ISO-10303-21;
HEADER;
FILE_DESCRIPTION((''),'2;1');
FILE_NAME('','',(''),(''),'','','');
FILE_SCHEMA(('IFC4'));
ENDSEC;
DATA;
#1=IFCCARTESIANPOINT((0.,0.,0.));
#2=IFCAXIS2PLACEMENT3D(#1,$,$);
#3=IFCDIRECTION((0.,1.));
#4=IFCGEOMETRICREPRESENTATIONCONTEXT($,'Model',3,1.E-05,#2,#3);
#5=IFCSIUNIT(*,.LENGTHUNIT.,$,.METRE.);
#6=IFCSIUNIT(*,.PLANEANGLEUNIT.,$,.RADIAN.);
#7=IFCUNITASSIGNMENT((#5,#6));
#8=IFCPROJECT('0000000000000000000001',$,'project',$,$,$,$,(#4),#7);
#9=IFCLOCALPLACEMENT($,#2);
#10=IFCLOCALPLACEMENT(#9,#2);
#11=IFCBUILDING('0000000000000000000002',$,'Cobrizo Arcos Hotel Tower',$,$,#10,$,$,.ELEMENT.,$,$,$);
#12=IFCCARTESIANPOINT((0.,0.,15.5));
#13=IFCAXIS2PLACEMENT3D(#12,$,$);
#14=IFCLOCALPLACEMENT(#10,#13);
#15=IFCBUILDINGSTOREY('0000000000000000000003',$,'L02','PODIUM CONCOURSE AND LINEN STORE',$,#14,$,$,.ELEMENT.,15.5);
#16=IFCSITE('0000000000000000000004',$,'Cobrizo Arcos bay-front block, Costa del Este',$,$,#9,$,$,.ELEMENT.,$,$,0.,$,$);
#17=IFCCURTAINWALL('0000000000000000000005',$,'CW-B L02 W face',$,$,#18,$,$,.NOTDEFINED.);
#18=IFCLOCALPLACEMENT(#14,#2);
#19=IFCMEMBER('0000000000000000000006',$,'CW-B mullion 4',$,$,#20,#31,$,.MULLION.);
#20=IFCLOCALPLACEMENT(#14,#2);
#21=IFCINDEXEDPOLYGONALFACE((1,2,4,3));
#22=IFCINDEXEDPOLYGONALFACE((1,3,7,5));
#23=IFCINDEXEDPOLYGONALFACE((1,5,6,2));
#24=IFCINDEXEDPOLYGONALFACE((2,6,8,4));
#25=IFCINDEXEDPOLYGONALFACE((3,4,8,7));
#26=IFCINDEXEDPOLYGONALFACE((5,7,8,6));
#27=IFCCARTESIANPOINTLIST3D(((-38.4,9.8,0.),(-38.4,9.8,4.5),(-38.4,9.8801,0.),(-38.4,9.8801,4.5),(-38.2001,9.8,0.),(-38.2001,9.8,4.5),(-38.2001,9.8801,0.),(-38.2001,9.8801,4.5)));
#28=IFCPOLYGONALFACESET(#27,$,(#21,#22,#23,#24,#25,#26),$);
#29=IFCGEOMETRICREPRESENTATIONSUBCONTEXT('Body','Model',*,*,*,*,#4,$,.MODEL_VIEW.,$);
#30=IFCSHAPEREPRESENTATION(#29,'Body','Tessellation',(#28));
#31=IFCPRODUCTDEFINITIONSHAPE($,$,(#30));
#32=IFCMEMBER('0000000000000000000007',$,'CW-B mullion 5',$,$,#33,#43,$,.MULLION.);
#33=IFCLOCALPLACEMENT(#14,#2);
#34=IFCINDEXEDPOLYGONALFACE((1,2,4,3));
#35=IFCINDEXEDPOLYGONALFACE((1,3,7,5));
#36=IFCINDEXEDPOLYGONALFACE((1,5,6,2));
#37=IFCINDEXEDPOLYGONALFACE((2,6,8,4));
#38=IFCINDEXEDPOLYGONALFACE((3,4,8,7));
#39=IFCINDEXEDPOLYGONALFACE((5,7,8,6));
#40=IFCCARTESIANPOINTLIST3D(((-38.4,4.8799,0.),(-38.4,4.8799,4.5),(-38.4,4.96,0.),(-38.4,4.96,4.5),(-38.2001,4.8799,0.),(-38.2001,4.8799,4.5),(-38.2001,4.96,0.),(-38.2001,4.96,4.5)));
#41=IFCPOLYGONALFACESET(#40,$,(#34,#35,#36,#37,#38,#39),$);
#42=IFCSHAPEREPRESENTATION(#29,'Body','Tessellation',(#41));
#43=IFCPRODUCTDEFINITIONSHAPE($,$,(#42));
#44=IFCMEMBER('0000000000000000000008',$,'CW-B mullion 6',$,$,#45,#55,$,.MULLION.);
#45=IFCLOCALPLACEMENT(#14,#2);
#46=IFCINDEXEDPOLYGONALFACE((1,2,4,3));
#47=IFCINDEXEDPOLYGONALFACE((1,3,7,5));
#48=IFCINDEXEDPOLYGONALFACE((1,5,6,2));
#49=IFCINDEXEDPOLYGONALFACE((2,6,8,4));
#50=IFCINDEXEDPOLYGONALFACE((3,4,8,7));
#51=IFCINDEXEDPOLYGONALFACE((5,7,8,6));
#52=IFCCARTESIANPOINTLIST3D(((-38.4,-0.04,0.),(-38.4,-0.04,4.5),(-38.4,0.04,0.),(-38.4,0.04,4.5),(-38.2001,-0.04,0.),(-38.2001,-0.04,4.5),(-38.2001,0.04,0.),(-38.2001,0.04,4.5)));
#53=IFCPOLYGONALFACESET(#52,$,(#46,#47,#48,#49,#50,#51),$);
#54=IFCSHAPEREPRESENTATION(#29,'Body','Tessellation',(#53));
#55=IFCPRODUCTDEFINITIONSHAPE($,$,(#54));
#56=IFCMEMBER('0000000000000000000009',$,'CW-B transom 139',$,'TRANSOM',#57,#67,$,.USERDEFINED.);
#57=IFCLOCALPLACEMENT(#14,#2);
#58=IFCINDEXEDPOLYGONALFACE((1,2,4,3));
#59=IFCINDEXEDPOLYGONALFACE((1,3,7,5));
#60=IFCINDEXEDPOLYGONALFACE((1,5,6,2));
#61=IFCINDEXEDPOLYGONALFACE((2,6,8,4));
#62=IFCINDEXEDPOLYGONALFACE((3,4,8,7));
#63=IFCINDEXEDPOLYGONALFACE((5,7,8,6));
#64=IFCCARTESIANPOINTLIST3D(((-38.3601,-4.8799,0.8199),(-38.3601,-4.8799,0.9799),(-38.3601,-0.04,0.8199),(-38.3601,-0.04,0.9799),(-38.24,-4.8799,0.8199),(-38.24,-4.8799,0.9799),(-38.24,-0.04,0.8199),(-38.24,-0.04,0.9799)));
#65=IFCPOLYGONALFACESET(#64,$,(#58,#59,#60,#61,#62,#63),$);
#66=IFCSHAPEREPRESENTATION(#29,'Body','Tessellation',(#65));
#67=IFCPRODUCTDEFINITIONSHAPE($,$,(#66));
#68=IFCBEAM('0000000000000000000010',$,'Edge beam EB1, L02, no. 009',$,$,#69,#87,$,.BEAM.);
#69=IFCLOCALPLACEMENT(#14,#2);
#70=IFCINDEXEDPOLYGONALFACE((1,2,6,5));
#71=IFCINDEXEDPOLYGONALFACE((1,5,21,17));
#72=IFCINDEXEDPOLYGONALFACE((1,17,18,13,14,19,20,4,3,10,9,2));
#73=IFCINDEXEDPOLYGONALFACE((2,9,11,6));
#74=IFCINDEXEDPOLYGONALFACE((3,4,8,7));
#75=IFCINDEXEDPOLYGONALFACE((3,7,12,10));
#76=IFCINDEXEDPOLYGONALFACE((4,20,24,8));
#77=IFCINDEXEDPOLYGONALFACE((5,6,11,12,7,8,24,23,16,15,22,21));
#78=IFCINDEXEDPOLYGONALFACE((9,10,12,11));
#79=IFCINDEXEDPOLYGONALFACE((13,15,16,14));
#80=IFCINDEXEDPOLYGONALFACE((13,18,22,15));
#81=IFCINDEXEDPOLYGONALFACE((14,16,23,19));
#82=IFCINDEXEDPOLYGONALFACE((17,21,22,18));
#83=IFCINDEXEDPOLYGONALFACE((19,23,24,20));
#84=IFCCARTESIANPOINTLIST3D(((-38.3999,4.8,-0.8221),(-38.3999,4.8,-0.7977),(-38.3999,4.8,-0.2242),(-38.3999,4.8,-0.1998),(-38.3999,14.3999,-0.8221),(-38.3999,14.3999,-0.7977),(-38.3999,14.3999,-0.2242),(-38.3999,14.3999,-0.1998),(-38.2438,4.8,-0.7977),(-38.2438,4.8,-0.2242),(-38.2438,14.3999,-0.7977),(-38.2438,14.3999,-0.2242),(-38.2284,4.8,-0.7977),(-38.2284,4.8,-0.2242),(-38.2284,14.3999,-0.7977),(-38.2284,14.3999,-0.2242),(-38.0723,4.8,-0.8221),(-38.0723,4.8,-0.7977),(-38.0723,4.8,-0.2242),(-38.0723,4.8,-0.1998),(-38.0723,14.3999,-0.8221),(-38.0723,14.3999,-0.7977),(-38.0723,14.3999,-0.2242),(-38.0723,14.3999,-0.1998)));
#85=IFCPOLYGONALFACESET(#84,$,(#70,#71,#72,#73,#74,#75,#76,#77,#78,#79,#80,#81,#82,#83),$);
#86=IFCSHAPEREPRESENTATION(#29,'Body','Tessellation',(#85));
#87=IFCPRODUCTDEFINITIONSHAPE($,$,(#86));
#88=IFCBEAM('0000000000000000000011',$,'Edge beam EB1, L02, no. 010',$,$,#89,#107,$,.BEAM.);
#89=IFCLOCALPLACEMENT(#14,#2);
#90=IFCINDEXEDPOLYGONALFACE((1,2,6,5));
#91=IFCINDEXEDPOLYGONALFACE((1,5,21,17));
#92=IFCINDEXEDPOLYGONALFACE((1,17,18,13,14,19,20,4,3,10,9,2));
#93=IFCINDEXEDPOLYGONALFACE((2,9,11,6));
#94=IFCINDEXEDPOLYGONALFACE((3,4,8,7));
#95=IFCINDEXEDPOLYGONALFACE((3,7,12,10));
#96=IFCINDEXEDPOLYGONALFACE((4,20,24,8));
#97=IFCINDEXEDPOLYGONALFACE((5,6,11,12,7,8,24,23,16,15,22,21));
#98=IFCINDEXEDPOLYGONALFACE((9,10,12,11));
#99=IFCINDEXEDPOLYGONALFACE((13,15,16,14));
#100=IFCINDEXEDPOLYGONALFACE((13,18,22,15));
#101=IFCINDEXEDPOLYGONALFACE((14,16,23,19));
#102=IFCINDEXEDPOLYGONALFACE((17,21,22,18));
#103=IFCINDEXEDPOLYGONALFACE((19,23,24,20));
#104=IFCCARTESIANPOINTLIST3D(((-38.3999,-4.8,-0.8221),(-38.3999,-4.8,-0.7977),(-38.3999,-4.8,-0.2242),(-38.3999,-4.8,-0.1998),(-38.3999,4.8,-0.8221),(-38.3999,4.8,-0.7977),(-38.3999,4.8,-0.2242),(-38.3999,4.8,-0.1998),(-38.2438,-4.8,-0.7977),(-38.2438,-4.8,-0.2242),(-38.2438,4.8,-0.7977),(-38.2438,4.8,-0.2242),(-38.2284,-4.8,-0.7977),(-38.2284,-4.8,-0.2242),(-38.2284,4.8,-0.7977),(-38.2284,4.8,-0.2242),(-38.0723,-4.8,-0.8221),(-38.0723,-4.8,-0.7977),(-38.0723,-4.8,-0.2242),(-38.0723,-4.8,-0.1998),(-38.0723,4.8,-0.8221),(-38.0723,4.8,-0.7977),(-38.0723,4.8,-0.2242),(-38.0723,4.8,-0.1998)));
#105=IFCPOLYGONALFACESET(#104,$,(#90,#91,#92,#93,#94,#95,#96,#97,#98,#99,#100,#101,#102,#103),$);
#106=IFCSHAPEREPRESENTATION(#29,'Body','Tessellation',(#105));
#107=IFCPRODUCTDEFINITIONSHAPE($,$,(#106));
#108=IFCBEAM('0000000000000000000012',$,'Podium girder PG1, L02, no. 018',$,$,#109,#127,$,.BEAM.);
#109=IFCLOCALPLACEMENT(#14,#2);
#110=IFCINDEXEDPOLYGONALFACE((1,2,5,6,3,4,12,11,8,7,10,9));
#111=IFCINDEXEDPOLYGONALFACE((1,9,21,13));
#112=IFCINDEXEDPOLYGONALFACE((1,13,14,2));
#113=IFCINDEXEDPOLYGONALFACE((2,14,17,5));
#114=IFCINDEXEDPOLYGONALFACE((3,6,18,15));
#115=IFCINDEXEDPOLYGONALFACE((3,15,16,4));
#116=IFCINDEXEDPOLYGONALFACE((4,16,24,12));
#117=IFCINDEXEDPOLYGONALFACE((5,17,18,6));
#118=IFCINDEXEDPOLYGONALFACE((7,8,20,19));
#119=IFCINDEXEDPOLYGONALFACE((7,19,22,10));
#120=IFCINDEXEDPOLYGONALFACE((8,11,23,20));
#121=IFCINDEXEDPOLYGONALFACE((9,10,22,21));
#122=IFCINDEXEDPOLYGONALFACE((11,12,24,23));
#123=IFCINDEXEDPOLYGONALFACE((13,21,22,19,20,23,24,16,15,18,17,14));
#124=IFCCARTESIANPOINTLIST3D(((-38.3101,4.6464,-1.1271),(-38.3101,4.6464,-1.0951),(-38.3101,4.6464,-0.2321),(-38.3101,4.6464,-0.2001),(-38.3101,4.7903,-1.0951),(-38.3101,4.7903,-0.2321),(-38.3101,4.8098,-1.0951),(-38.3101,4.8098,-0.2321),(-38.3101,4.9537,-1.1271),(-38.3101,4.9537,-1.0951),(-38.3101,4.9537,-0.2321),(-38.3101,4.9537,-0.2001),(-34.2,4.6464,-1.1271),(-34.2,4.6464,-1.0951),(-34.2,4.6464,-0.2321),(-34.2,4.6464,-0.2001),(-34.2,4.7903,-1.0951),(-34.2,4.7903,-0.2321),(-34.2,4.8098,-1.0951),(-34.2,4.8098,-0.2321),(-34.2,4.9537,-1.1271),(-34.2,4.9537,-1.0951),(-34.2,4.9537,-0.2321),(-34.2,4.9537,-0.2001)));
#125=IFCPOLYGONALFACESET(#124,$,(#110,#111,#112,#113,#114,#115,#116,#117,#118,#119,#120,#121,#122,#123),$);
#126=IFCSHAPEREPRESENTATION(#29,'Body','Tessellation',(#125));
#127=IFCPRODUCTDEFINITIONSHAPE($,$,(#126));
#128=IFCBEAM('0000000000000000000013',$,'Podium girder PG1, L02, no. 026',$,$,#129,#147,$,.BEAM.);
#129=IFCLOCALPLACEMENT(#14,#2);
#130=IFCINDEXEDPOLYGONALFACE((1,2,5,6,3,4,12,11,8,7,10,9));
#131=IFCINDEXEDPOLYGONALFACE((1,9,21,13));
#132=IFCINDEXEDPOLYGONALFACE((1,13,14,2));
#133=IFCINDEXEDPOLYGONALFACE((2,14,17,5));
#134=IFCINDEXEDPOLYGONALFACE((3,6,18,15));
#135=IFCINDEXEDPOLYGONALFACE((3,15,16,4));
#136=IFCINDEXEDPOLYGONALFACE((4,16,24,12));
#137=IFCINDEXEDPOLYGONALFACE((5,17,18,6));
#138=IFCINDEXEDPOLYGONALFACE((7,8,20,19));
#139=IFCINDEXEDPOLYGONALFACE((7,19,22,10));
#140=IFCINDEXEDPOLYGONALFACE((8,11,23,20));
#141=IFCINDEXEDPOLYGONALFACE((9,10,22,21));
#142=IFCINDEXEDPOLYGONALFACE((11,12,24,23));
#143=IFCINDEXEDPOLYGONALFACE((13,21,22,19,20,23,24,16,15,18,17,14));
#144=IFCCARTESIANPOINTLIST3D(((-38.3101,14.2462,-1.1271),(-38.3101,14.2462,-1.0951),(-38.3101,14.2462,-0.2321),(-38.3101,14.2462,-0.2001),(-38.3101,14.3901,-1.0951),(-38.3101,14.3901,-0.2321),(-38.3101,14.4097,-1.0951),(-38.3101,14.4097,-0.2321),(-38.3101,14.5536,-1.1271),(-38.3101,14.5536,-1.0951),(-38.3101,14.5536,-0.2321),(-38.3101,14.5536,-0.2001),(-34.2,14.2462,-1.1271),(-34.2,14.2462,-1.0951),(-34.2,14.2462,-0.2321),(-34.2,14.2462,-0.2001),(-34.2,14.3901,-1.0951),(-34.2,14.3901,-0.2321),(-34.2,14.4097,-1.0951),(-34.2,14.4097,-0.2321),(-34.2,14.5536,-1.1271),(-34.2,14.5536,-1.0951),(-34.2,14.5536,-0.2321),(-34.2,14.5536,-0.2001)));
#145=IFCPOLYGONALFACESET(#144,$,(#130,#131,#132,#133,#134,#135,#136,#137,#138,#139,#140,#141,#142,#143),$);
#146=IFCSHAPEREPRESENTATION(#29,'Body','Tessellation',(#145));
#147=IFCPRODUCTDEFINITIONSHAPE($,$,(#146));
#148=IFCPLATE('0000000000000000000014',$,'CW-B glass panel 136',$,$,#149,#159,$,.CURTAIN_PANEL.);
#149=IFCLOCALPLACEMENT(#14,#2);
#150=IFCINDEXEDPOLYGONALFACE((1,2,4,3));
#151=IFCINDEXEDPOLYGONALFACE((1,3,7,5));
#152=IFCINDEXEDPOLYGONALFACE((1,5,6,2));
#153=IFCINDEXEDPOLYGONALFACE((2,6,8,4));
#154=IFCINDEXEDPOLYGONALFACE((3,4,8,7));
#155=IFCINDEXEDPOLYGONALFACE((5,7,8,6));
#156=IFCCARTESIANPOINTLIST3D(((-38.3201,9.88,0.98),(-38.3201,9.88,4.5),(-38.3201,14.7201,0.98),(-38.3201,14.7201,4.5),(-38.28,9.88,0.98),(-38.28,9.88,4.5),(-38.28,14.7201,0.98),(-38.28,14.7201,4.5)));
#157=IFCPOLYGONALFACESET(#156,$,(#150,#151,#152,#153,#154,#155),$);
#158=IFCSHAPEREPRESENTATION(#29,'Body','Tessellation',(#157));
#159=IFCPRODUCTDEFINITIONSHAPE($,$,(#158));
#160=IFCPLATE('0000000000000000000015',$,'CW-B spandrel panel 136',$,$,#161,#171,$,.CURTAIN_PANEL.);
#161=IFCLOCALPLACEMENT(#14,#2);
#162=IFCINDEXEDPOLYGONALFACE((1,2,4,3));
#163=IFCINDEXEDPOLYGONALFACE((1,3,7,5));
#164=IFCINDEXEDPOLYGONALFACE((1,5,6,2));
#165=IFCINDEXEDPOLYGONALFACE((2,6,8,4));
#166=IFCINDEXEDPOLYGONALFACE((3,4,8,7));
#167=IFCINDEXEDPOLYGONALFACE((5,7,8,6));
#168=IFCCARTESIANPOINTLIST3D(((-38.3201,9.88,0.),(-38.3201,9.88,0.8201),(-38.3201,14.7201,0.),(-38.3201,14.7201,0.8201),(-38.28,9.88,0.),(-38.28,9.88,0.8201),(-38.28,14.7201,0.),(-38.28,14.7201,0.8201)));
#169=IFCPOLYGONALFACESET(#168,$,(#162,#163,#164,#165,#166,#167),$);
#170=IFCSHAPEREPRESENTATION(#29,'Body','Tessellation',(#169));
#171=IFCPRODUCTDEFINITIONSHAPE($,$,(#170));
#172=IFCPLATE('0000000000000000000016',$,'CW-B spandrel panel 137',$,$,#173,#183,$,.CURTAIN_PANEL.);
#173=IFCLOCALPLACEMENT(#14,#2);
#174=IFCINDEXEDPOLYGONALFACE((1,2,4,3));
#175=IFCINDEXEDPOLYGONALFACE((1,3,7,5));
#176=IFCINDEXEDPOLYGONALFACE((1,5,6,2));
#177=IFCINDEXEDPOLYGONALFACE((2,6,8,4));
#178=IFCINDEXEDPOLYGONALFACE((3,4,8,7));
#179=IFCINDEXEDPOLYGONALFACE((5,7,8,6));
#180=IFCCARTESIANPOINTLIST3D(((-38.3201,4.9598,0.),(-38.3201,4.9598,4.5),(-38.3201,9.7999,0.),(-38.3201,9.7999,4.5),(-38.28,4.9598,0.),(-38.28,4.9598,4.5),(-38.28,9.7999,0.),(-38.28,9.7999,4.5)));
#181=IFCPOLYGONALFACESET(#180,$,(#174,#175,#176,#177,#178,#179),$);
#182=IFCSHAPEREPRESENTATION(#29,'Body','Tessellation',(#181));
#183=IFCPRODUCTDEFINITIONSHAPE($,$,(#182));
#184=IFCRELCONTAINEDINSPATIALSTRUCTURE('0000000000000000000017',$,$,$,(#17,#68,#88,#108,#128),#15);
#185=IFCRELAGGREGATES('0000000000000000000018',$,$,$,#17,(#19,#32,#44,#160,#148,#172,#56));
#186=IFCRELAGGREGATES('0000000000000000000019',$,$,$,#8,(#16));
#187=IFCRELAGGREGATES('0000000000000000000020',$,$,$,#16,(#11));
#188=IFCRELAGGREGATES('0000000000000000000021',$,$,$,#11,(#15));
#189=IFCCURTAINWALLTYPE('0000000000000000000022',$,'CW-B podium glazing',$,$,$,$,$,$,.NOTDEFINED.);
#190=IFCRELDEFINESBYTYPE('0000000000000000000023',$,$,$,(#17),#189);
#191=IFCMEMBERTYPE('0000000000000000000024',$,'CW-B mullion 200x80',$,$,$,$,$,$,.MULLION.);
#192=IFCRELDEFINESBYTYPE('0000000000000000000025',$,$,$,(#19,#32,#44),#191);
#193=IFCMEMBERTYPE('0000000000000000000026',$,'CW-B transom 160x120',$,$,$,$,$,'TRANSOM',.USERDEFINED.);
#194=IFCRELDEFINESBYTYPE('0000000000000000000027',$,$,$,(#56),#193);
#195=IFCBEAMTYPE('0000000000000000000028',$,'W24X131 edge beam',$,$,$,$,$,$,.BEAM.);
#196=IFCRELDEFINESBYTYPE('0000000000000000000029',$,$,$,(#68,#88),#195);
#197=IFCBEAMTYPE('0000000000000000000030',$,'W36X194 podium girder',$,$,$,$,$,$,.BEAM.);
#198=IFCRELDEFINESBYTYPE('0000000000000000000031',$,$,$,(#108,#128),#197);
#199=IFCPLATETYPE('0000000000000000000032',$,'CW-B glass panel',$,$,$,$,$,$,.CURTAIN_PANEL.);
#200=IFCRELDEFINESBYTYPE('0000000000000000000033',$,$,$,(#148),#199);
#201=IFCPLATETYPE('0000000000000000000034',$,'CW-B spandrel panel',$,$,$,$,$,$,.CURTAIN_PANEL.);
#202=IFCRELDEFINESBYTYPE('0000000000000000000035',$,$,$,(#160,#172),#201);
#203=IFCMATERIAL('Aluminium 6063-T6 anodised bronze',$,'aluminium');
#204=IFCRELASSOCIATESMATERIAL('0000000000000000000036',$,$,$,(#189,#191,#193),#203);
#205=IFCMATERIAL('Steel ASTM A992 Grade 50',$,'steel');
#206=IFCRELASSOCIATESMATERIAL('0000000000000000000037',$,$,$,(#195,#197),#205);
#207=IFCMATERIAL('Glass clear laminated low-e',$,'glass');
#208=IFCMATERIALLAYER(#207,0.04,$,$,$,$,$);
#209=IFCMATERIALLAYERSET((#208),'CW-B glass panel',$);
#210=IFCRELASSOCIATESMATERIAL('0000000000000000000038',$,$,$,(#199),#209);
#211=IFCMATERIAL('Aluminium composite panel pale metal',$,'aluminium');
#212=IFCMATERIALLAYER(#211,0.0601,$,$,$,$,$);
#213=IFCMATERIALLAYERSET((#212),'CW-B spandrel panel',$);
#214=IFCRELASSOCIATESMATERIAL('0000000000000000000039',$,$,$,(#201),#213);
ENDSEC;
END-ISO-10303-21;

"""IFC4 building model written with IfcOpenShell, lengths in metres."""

from ifc_helpers import new_model, si_unit, direction, frame, origin, origin_2d, place, context, subcontext, project, spatial, rectangle, i_section, extrude, material, layer, layer_set, material_profile, profile_set, type_object, element, aggregate, save


model = new_model("IFC4")

# Units and contexts
model_context = context("Model", 3, precision=1e-05, world=origin(), true_north=direction((0.0, 1.0)))
body_context = subcontext(model_context, "Body", "Model", "MODEL_VIEW")
ifc_project = project(units=[si_unit("LENGTHUNIT", "METRE"), si_unit("PLANEANGLEUNIT", "RADIAN")], contexts=[model_context])

# Site, building, storey
site_placement = place(None, origin())
site = spatial("IfcSite", under=ifc_project, at=site_placement, Name="Cobrizo Arcos bay-front block, Costa del Este", CompositionType="ELEMENT", RefElevation=0.0)
building_placement = place(site_placement, origin())
building = spatial("IfcBuilding", under=site, at=building_placement, Name="Cobrizo Arcos Hotel Tower", CompositionType="ELEMENT")
storey_placement = place(building_placement, frame((0.0, 0.0, 15.5)))
storey = spatial("IfcBuildingStorey", under=building, at=storey_placement, Name="L02", Description="PODIUM CONCOURSE AND LINEN STORE", CompositionType="ELEMENT", Elevation=15.5)

# Curtain wall, members
ifc_material_1 = material(Name="Aluminium 6063-T6 anodised bronze", Category="aluminium")
curtain_wall_type = type_object("IfcCurtainWallType", Name="CW-B podium glazing", PredefinedType="NOTDEFINED", material=ifc_material_1)
curtain_wall_placement = place(storey_placement, origin())
curtain_wall = element("IfcCurtainWall", 1, at=curtain_wall_placement, inside=storey, type_object=curtain_wall_type, Name="CW-B L02 W face", PredefinedType="NOTDEFINED")
ifc_material_profile_1 = material_profile(ifc_material_1, rectangle(XDim=0.2, YDim=0.0801, at=origin_2d()), Name="CW-B mullion 200x80")
ifc_profile_set_1 = profile_set([ifc_material_profile_1], Name="Aluminium 6063-T6 anodised bronze")
member_type_1 = type_object("IfcMemberType", Name="CW-B mullion 200x80", PredefinedType="MULLION", material=ifc_profile_set_1)
member_1_placement = place(storey_placement, frame((-38.3, 9.8401, 0.0), z_axis=(0.0, 0.0, 1.0), x_axis=(-1.0, 0.0, 0.0)))
member_1 = element("IfcMember", 2, at=member_1_placement, type_object=member_type_1, Name="CW-B mullion 4", PredefinedType="MULLION", context=body_context, shape_type="SweptSolid", body=[
    extrude(rectangle(XDim=0.2, YDim=0.0801, at=origin_2d()), origin(), (0.0, 0.0, 1.0), 4.5),
])
member_2_placement = place(storey_placement, frame((-38.3, 4.9199, 0.0), z_axis=(0.0, 0.0, 1.0), x_axis=(-1.0, 0.0, 0.0)))
member_2 = element("IfcMember", 3, at=member_2_placement, type_object=member_type_1, Name="CW-B mullion 5", PredefinedType="MULLION", context=body_context, shape_type="SweptSolid", body=[
    extrude(rectangle(XDim=0.2, YDim=0.0801, at=origin_2d()), origin(), (0.0, 0.0, 1.0), 4.5),
])
member_3_placement = place(storey_placement, frame((-38.3, 0.0, 0.0), z_axis=(0.0, 0.0, 1.0), x_axis=(-1.0, 0.0, 0.0)))
member_3 = element("IfcMember", 4, at=member_3_placement, type_object=member_type_1, Name="CW-B mullion 6", PredefinedType="MULLION", context=body_context, shape_type="SweptSolid", body=[
    extrude(rectangle(XDim=0.2, YDim=0.0801, at=origin_2d()), origin(), (0.0, 0.0, 1.0), 4.5),
])
ifc_material_profile_2 = material_profile(ifc_material_1, rectangle(XDim=0.1201, YDim=0.1599, at=origin_2d()), Name="CW-B transom 160x120")
ifc_profile_set_2 = profile_set([ifc_material_profile_2], Name="Aluminium 6063-T6 anodised bronze")
member_type_2 = type_object("IfcMemberType", Name="CW-B transom 160x120", ElementType="TRANSOM", PredefinedType="USERDEFINED", material=ifc_profile_set_2)
member_4_placement = place(storey_placement, frame((-38.3, -0.04, 0.8999), z_axis=(0.0, -1.0, 0.0), x_axis=(1.0, 0.0, 0.0)))
member_4 = element("IfcMember", 5, at=member_4_placement, type_object=member_type_2, Name="CW-B transom 139", ObjectType="TRANSOM", PredefinedType="USERDEFINED", context=body_context, shape_type="SweptSolid", body=[
    extrude(rectangle(XDim=0.1201, YDim=0.1599, at=origin_2d()), origin(), (0.0, 0.0, 1.0), 4.8398),
])

# Beams
ifc_material_2 = material(Name="Steel ASTM A992 Grade 50", Category="steel")
ifc_material_profile_3 = material_profile(ifc_material_2, i_section(OverallWidth=0.3276, OverallDepth=0.6223, WebThickness=0.0154, FlangeThickness=0.0244, at=origin_2d()), Name="W24X131")
ifc_profile_set_3 = profile_set([ifc_material_profile_3], Name="Steel ASTM A992 Grade 50")
beam_type_1 = type_object("IfcBeamType", Name="W24X131 edge beam", PredefinedType="BEAM", material=ifc_profile_set_3)
beam_1_placement = place(storey_placement, frame((-38.2361, 14.3999, -0.511), z_axis=(0.0, -1.0, 0.0), x_axis=(1.0, 0.0, 0.0)))
element("IfcBeam", 6, at=beam_1_placement, inside=storey, type_object=beam_type_1, Name="Edge beam EB1, L02, no. 009", PredefinedType="BEAM", context=body_context, shape_type="SweptSolid", body=[
    extrude(i_section(OverallWidth=0.3276, OverallDepth=0.6223, WebThickness=0.0154, FlangeThickness=0.0244, at=origin_2d()), origin(), (0.0, 0.0, 1.0), 9.5999),
])
beam_2_placement = place(storey_placement, frame((-38.2361, 4.8, -0.511), z_axis=(0.0, -1.0, 0.0), x_axis=(1.0, 0.0, 0.0)))
element("IfcBeam", 7, at=beam_2_placement, inside=storey, type_object=beam_type_1, Name="Edge beam EB1, L02, no. 010", PredefinedType="BEAM", context=body_context, shape_type="SweptSolid", body=[
    extrude(i_section(OverallWidth=0.3276, OverallDepth=0.6223, WebThickness=0.0154, FlangeThickness=0.0244, at=origin_2d()), origin(), (0.0, 0.0, 1.0), 9.6001),
])
ifc_material_profile_4 = material_profile(ifc_material_2, i_section(OverallWidth=0.3074, OverallDepth=0.927, WebThickness=0.0195, FlangeThickness=0.032, at=origin_2d()), Name="W36X194")
ifc_profile_set_4 = profile_set([ifc_material_profile_4], Name="Steel ASTM A992 Grade 50")
beam_type_2 = type_object("IfcBeamType", Name="W36X194 podium girder", PredefinedType="BEAM", material=ifc_profile_set_4)
for number, where, z_axis, x_axis, name in (
    (8, (-38.3101, 4.8, -0.6636), (1.0, 0.0, 0.0), (0.0, 1.0, 0.0), "Podium girder PG1, L02, no. 018"),
    (9, (-38.3101, 14.3999, -0.6636), (1.0, 0.0, 0.0), (0.0, 1.0, 0.0), "Podium girder PG1, L02, no. 026"),
):
    element("IfcBeam", number, at=place(storey_placement, frame(where, z_axis=z_axis, x_axis=x_axis)), inside=storey, type_object=beam_type_2, Name=name, PredefinedType="BEAM", context=body_context, shape_type="SweptSolid", body=[
        extrude(i_section(OverallWidth=0.3074, OverallDepth=0.927, WebThickness=0.0195, FlangeThickness=0.032, at=origin_2d()), origin(), (0.0, 0.0, 1.0), 4.1101),
    ])

# Plates
ifc_material_3 = material(Name="Glass clear laminated low-e", Category="glass")
ifc_layer_1 = layer(ifc_material_3, 0.04)
ifc_layer_set_1 = layer_set([ifc_layer_1], Name="CW-B glass panel")
plate_type_1 = type_object("IfcPlateType", Name="CW-B glass panel", PredefinedType="CURTAIN_PANEL", material=ifc_layer_set_1)
plate_1_placement = place(storey_placement, frame((-38.3, 12.3, 0.98), z_axis=(0.0, 0.0, 1.0), x_axis=(0.0, -1.0, 0.0)))
plate_1 = element("IfcPlate", 10, at=plate_1_placement, type_object=plate_type_1, Name="CW-B glass panel 136", PredefinedType="CURTAIN_PANEL", context=body_context, shape_type="SweptSolid", body=[
    extrude(rectangle(XDim=4.8401, YDim=0.04, at=origin_2d()), origin(), (0.0, 0.0, 1.0), 3.52),
])
ifc_material_4 = material(Name="Aluminium composite panel pale metal", Category="aluminium")
ifc_layer_2 = layer(ifc_material_4, 0.0601)
ifc_layer_set_2 = layer_set([ifc_layer_2], Name="CW-B spandrel panel")
plate_type_2 = type_object("IfcPlateType", Name="CW-B spandrel panel", PredefinedType="CURTAIN_PANEL", material=ifc_layer_set_2)
plate_2_placement = place(storey_placement, frame((-38.3, 12.3, 0.0), z_axis=(0.0, 0.0, 1.0), x_axis=(0.0, -1.0, 0.0)))
plate_2 = element("IfcPlate", 11, at=plate_2_placement, type_object=plate_type_2, Name="CW-B spandrel panel 136", PredefinedType="CURTAIN_PANEL", context=body_context, shape_type="SweptSolid", body=[
    extrude(rectangle(XDim=4.8401, YDim=0.04, at=origin_2d()), origin(), (0.0, 0.0, 1.0), 0.8201),
])
plate_3_placement = place(storey_placement, frame((-38.3, 7.3799, 0.0), z_axis=(0.0, 0.0, 1.0), x_axis=(0.0, -1.0, 0.0)))
plate_3 = element("IfcPlate", 12, at=plate_3_placement, type_object=plate_type_2, Name="CW-B spandrel panel 137", PredefinedType="CURTAIN_PANEL", context=body_context, shape_type="SweptSolid", body=[
    extrude(rectangle(XDim=4.8401, YDim=0.04, at=origin_2d()), origin(), (0.0, 0.0, 1.0), 4.5),
])
aggregate(curtain_wall, [member_1, member_2, member_3, plate_2, plate_1, plate_3, member_4])

save(model, "model.ifc")
